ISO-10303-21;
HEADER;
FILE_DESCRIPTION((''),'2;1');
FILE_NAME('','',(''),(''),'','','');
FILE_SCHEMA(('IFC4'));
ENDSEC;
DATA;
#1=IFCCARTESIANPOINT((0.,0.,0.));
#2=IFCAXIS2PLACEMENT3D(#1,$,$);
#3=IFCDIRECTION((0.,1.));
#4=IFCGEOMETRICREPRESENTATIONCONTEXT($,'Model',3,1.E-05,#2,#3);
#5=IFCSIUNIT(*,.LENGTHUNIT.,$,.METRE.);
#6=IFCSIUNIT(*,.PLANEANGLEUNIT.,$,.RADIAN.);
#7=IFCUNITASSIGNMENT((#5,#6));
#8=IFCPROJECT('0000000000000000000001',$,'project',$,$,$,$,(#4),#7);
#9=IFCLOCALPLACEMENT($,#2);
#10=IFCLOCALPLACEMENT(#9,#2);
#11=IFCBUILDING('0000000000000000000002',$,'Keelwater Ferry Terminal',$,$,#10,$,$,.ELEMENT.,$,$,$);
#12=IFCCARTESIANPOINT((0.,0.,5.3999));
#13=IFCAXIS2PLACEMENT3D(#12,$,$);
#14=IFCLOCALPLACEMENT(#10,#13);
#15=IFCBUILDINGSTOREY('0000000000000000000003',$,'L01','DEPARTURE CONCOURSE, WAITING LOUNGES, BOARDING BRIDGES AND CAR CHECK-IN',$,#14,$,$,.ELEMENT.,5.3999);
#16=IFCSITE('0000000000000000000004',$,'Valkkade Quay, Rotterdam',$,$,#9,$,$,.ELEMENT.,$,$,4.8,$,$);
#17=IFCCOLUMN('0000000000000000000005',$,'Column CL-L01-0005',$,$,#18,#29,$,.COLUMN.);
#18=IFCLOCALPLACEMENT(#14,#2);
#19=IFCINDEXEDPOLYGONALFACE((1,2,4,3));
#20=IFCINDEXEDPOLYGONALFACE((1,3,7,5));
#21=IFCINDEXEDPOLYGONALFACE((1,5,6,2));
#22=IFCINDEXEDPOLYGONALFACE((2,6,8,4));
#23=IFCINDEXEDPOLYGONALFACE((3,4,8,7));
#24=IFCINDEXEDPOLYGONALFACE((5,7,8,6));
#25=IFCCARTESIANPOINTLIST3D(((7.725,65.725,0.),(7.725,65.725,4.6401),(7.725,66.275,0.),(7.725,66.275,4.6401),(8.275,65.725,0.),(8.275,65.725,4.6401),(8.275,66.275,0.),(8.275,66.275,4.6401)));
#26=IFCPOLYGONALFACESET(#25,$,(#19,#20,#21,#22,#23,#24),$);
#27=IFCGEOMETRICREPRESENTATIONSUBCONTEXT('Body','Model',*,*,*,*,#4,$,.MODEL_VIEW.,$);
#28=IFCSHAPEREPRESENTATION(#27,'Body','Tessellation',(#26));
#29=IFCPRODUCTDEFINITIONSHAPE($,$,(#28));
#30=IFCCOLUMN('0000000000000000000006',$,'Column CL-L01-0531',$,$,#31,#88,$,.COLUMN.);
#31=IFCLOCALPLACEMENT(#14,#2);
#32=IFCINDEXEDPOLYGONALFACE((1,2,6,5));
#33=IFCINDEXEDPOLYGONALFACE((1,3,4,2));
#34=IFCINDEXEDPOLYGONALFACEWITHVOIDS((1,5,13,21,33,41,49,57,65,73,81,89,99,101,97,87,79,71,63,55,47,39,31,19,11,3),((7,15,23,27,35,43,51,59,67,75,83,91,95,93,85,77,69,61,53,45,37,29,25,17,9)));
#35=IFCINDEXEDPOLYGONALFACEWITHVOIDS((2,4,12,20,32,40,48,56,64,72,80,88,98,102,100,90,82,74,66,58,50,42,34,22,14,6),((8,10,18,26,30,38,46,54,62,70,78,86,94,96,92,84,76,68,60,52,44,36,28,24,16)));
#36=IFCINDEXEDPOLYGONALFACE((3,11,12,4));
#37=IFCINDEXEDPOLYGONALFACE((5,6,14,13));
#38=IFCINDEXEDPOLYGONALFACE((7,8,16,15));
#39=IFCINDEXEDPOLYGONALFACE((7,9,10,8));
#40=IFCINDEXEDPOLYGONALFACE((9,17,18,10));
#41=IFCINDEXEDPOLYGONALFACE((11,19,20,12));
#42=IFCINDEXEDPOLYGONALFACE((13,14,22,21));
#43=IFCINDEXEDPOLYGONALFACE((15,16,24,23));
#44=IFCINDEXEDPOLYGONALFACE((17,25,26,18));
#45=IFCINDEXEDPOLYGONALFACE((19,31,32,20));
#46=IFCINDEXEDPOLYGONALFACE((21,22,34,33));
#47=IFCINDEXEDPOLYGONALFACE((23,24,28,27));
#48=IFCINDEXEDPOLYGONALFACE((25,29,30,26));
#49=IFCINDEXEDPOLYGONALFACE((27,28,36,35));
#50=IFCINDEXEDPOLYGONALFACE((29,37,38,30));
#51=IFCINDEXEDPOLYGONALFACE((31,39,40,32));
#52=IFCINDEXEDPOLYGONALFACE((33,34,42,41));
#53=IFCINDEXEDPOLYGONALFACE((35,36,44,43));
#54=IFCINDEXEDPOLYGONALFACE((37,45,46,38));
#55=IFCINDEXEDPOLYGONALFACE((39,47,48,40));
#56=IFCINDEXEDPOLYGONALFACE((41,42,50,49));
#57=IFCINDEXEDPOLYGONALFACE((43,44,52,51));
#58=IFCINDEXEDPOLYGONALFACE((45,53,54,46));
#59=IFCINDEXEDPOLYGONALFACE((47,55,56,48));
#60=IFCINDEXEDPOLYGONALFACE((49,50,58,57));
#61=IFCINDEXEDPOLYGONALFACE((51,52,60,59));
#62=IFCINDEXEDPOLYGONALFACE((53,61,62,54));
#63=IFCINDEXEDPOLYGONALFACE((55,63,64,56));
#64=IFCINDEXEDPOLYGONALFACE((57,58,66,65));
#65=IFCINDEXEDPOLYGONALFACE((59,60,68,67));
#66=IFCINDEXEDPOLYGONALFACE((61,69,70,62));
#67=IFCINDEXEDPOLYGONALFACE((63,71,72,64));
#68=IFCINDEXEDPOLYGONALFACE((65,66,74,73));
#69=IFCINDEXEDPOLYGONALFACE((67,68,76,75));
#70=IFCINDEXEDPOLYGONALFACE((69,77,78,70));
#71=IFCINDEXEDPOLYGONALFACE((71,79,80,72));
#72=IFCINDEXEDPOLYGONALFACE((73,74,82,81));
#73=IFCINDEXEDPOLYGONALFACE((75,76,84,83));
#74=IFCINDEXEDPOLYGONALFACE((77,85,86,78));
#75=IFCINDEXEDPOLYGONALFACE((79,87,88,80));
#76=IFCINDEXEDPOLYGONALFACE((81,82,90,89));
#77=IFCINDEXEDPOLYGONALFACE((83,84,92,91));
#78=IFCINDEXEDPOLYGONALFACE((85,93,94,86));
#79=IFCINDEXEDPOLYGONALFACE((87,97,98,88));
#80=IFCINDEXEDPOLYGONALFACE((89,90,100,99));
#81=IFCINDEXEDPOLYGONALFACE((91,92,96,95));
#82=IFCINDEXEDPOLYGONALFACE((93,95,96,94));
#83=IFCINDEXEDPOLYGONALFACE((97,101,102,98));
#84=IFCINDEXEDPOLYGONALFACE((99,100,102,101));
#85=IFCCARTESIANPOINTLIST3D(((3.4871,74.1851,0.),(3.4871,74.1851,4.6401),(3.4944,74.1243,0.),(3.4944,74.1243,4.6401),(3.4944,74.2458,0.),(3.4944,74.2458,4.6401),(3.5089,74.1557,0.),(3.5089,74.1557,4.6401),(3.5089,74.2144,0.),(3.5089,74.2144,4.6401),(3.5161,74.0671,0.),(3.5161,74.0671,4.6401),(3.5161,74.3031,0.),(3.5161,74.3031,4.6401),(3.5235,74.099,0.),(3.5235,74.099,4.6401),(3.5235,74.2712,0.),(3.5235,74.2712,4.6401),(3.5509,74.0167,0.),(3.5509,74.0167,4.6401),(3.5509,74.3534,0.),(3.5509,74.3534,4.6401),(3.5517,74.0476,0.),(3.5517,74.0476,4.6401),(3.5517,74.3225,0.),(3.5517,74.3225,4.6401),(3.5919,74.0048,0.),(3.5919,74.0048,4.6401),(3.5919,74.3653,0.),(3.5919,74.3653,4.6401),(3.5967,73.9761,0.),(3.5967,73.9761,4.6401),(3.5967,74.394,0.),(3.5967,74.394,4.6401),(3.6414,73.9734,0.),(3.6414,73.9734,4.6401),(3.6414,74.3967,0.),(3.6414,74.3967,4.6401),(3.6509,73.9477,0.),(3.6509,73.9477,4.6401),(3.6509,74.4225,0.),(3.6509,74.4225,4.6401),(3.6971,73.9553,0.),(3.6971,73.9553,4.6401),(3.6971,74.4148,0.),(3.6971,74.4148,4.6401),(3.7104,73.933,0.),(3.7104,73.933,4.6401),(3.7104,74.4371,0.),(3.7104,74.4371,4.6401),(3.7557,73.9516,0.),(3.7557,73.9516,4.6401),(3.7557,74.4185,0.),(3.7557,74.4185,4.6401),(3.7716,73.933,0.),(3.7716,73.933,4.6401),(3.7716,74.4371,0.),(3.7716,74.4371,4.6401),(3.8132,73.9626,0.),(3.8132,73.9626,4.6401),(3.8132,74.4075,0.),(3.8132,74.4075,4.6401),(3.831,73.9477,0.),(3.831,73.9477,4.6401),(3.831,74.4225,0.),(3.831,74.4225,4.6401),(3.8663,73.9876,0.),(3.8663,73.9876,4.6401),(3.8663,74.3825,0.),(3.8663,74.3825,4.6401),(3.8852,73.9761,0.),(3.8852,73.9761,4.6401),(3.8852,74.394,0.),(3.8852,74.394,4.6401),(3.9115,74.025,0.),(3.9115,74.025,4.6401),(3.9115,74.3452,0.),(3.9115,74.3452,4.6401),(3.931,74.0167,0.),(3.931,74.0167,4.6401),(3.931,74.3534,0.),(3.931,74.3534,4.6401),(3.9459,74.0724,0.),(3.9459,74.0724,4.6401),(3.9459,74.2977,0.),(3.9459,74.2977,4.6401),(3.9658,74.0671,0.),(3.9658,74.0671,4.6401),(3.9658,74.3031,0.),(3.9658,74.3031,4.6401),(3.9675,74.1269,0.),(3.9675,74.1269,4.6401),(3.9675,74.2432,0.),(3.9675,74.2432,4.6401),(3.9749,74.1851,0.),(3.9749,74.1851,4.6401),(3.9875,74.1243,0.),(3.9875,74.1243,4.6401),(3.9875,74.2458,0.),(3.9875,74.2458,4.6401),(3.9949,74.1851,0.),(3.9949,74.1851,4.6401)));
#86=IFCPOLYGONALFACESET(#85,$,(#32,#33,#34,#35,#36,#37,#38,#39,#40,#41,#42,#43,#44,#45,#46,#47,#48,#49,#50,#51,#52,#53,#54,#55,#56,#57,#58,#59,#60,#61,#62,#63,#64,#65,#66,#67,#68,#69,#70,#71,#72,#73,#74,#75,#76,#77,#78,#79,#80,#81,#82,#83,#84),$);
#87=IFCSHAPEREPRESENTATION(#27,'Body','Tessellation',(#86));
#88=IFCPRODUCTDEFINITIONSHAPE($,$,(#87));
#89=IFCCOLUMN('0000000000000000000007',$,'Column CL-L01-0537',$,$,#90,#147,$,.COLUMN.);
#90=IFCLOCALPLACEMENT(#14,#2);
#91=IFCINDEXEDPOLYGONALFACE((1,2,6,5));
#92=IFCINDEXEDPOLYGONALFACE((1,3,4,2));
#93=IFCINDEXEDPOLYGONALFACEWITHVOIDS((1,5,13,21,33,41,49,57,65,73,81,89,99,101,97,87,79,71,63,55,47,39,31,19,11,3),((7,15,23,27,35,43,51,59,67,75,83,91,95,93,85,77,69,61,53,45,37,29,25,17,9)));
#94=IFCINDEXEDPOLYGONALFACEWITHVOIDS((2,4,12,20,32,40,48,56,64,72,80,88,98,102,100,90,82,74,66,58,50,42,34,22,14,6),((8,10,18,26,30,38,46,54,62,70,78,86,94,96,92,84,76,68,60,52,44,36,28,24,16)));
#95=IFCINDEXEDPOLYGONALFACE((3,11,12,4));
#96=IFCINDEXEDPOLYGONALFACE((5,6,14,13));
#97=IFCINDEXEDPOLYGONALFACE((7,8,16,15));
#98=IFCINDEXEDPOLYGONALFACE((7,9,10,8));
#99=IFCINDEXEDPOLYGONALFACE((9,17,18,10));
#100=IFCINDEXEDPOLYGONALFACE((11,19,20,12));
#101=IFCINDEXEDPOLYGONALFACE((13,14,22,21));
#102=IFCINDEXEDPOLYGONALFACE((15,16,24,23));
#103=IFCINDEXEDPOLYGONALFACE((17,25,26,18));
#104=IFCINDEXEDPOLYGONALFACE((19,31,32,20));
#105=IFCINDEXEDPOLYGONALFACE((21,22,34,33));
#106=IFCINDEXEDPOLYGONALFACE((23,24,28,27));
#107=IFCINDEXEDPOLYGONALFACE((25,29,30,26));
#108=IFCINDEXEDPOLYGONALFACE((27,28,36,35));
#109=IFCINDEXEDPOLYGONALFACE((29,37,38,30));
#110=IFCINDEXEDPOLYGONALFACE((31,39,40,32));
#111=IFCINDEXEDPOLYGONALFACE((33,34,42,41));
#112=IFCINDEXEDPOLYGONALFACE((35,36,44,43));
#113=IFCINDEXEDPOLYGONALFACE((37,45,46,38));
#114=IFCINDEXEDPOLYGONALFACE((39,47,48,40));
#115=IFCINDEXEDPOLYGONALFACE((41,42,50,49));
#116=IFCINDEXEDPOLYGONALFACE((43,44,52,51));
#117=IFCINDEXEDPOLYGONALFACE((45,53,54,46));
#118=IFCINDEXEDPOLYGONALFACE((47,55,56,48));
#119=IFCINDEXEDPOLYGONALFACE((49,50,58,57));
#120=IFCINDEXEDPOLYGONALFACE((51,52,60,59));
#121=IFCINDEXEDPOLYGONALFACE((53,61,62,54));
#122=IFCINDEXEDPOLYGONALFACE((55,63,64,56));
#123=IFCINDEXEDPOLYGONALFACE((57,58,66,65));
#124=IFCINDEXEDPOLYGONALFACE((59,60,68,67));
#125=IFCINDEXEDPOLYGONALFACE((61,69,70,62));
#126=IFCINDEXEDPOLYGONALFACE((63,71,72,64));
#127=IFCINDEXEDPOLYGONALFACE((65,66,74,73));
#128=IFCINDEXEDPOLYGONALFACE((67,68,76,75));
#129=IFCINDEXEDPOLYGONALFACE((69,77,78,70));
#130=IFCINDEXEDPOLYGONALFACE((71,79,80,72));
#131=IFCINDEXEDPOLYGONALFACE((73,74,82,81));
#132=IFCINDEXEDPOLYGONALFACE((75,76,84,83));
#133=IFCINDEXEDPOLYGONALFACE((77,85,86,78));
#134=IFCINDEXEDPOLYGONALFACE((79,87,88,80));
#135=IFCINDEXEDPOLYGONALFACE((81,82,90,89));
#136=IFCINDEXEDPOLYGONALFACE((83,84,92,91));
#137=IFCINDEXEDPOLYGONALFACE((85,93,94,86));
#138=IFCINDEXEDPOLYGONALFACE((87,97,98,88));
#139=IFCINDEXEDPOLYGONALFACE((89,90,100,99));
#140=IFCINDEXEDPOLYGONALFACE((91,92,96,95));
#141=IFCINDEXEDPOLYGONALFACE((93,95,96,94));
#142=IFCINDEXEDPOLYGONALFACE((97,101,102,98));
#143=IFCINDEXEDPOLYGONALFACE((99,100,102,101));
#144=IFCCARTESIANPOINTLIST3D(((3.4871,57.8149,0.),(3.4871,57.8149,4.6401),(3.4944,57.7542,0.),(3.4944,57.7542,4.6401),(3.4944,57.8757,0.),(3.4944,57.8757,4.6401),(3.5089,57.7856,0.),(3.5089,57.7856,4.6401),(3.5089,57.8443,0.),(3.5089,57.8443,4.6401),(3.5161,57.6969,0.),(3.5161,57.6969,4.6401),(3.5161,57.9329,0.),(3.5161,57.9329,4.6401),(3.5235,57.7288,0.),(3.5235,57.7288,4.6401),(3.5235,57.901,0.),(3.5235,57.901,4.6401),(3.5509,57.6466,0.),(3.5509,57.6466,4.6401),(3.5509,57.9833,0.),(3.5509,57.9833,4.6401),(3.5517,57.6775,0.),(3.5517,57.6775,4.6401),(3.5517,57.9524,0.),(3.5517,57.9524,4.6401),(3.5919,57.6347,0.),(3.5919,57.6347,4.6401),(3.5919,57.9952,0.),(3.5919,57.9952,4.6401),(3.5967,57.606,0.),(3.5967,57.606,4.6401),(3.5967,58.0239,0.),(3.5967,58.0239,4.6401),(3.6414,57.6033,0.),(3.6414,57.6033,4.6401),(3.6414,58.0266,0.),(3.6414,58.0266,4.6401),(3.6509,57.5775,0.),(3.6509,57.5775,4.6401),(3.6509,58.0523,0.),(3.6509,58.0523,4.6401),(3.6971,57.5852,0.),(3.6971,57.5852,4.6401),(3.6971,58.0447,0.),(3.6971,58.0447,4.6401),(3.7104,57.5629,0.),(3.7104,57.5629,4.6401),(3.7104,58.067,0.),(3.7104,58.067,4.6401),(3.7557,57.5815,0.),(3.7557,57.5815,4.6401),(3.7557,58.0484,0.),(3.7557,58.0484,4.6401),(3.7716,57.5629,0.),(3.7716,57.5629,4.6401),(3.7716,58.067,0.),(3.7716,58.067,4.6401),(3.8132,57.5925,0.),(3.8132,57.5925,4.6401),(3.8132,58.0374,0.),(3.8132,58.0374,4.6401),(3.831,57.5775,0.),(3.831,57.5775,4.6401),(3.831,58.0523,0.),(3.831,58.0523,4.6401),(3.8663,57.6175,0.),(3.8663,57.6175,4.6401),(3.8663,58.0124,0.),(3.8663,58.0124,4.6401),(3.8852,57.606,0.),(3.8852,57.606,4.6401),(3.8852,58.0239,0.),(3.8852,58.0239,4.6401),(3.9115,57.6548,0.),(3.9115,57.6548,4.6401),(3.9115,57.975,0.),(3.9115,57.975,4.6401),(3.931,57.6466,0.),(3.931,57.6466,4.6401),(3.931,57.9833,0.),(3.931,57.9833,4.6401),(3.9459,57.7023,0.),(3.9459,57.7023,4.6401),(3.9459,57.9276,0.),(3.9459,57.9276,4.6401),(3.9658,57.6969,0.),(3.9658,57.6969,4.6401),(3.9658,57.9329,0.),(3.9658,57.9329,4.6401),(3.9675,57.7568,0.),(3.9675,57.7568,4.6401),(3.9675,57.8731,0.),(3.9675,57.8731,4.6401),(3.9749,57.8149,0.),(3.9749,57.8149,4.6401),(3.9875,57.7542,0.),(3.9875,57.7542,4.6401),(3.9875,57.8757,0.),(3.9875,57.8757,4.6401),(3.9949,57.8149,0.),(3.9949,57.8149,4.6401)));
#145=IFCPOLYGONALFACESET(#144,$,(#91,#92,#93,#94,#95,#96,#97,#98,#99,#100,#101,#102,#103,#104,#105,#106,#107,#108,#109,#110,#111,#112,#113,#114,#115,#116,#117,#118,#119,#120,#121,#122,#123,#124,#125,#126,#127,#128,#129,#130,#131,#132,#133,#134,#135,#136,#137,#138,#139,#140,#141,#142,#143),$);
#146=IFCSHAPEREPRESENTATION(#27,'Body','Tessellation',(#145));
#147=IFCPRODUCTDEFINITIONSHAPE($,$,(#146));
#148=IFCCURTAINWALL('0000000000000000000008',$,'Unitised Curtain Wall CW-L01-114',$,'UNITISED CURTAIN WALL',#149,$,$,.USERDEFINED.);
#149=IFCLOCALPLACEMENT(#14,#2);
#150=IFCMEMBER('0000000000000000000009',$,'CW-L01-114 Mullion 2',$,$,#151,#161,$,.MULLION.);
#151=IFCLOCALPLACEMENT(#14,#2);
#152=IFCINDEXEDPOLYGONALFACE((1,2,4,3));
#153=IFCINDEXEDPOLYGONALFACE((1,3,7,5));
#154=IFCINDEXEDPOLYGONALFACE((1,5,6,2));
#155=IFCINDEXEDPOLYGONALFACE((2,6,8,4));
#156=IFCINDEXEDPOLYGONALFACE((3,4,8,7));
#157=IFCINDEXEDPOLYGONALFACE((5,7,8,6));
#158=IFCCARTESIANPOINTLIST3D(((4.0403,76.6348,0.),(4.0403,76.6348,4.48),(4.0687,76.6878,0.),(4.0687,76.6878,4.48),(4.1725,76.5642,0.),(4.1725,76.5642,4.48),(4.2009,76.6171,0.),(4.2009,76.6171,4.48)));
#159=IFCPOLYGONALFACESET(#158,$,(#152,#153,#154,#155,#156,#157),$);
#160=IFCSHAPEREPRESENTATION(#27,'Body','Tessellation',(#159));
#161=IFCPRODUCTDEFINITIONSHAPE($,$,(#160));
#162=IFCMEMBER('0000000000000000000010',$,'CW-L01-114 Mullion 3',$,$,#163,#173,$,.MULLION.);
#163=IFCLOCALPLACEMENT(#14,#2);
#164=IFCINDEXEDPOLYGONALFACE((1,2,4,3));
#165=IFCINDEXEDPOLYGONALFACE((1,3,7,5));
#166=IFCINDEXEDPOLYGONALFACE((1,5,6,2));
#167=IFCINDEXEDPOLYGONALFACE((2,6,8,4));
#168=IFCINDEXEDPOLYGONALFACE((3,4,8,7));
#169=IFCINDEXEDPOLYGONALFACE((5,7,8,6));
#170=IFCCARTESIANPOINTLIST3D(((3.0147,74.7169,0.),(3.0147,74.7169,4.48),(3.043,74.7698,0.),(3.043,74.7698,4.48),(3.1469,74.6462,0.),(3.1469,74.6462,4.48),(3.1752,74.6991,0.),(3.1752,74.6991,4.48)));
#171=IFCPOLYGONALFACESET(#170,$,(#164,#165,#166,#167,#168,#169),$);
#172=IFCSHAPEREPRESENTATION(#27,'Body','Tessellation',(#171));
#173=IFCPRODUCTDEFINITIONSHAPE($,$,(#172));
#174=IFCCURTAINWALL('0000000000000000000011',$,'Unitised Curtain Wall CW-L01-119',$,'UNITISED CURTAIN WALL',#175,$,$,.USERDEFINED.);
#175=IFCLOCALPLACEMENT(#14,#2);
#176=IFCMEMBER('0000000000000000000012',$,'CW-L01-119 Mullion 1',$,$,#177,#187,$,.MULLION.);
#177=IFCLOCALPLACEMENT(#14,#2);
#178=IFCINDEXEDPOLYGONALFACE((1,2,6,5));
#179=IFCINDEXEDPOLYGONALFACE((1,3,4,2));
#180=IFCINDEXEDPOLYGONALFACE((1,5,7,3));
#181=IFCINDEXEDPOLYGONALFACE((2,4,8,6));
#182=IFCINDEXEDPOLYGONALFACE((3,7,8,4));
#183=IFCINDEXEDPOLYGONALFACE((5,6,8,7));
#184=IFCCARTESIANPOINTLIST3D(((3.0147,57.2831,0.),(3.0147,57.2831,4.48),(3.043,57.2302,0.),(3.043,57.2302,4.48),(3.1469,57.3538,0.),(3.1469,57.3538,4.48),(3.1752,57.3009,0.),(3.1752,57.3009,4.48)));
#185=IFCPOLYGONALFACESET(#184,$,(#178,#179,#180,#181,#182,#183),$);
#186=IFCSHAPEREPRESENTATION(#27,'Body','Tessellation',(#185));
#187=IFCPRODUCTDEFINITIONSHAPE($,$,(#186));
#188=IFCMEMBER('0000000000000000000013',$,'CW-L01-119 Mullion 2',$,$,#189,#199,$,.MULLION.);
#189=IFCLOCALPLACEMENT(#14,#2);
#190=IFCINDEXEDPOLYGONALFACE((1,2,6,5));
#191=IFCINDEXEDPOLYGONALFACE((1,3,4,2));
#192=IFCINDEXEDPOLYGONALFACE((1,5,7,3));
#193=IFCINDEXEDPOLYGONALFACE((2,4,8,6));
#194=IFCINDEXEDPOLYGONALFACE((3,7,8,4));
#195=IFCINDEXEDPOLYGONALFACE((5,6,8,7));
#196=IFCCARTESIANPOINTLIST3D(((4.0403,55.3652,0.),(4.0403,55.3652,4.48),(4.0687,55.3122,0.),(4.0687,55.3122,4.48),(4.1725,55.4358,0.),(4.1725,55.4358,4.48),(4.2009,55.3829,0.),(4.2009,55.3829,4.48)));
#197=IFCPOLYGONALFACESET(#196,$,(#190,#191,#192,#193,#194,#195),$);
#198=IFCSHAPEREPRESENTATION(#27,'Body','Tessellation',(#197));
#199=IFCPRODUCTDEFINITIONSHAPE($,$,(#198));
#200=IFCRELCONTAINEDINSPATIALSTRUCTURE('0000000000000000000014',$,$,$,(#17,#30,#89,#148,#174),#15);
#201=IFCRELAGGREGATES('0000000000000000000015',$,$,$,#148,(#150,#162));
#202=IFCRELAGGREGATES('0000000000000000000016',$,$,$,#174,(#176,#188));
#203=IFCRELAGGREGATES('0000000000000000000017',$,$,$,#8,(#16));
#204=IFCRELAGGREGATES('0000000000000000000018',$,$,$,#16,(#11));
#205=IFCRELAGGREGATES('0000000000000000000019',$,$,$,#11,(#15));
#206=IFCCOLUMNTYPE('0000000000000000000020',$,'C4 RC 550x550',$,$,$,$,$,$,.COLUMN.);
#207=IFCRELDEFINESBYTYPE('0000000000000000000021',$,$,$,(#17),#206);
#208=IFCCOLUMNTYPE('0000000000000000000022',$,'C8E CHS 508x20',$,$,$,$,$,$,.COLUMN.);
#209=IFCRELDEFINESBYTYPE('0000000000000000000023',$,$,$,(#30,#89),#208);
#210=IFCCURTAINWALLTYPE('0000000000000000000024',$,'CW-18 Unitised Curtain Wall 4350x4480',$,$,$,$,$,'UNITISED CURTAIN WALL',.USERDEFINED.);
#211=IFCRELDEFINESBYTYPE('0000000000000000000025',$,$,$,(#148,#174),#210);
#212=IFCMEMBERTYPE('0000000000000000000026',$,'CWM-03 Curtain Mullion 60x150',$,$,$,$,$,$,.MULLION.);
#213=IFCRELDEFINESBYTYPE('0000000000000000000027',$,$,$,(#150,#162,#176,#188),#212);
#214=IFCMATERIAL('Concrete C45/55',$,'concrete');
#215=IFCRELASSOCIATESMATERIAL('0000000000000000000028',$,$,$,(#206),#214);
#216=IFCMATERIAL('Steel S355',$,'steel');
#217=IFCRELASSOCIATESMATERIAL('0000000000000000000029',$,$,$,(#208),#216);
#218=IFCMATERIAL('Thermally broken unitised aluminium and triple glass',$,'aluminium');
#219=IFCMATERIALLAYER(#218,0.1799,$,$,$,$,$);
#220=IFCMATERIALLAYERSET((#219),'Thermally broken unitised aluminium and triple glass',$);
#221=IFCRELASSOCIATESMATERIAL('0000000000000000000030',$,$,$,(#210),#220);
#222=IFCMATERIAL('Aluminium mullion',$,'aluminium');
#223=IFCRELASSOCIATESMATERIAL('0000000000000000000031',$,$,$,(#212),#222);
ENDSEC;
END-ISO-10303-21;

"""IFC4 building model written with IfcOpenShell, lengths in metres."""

from ifc_helpers import new_model, si_unit, direction, frame, origin, origin_2d, place, context, subcontext, project, spatial, rectangle, hollow_circle, extrude, material, layer, layer_set, material_profile, profile_set, type_object, element, aggregate, save


model = new_model("IFC4")

# Units and contexts
model_context = context("Model", 3, precision=1e-05, world=origin(), true_north=direction((0.0, 1.0)))
body_context = subcontext(model_context, "Body", "Model", "MODEL_VIEW")
ifc_project = project(units=[si_unit("LENGTHUNIT", "METRE"), si_unit("PLANEANGLEUNIT", "RADIAN")], contexts=[model_context])

# Site, building, storey
site_placement = place(None, origin())
site = spatial("IfcSite", under=ifc_project, at=site_placement, Name="Valkkade Quay, Rotterdam", CompositionType="ELEMENT", RefElevation=4.8)
building_placement = place(site_placement, origin())
building = spatial("IfcBuilding", under=site, at=building_placement, Name="Keelwater Ferry Terminal", CompositionType="ELEMENT")
storey_placement = place(building_placement, frame((0.0, 0.0, 5.3999)))
storey = spatial("IfcBuildingStorey", under=building, at=storey_placement, Name="L01", Description="DEPARTURE CONCOURSE, WAITING LOUNGES, BOARDING BRIDGES AND CAR CHECK-IN", CompositionType="ELEMENT", Elevation=5.3999)

# Columns
ifc_material_1 = material(Name="Concrete C45/55", Category="concrete")
ifc_material_profile_1 = material_profile(ifc_material_1, rectangle(XDim=0.55, YDim=0.55, at=origin_2d()), Name="RC 550x550")
ifc_profile_set_1 = profile_set([ifc_material_profile_1], Name="Concrete C45/55")
column_type_1 = type_object("IfcColumnType", Name="C4 RC 550x550", PredefinedType="COLUMN", material=ifc_profile_set_1)
column_placement = place(storey_placement, frame((8.0, 66.0, 0.0), z_axis=(0.0, 0.0, 1.0), x_axis=(1.0, 0.0, 0.0)))
element("IfcColumn", 1, at=column_placement, inside=storey, type_object=column_type_1, Name="Column CL-L01-0005", PredefinedType="COLUMN", context=body_context, shape_type="SweptSolid", body=[
    extrude(rectangle(XDim=0.55, YDim=0.55, at=origin_2d()), origin(), (0.0, 0.0, 1.0), 4.6401),
])
ifc_material_2 = material(Name="Steel S355", Category="steel")
ifc_material_profile_2 = material_profile(ifc_material_2, hollow_circle(Radius=0.2539, WallThickness=0.02, at=origin_2d()), Name="CHS 508x20")
ifc_profile_set_2 = profile_set([ifc_material_profile_2], Name="Steel S355")
column_type_2 = type_object("IfcColumnType", Name="C8E CHS 508x20", PredefinedType="COLUMN", material=ifc_profile_set_2)
for number, where, z_axis, x_axis, name in (
    (2, (3.741, 74.1851, 0.0), (0.0, 0.0, 1.0), (1.0, 0.0, 0.0), "Column CL-L01-0531"),
    (3, (3.741, 57.8149, 0.0), (0.0, 0.0, 1.0), (1.0, 0.0, 0.0), "Column CL-L01-0537"),
):
    element("IfcColumn", number, at=place(storey_placement, frame(where, z_axis=z_axis, x_axis=x_axis)), inside=storey, type_object=column_type_2, Name=name, PredefinedType="COLUMN", context=body_context, shape_type="SweptSolid", body=[
        extrude(hollow_circle(Radius=0.2539, WallThickness=0.02, at=origin_2d()), origin(), (0.0, 0.0, 1.0), 4.6401),
    ])

# Curtain walls, members
ifc_material_3 = material(Name="Thermally broken unitised aluminium and triple glass", Category="aluminium")
ifc_layer_1 = layer(ifc_material_3, 0.1799)
ifc_layer_set_1 = layer_set([ifc_layer_1], Name="Thermally broken unitised aluminium and triple glass")
curtain_wall_type = type_object("IfcCurtainWallType", Name="CW-18 Unitised Curtain Wall 4350x4480", ElementType="UNITISED CURTAIN WALL", PredefinedType="USERDEFINED", material=ifc_layer_set_1)
curtain_wall_1_placement = place(storey_placement, origin())
curtain_wall_1 = element("IfcCurtainWall", 4, at=curtain_wall_1_placement, inside=storey, type_object=curtain_wall_type, Name="Unitised Curtain Wall CW-L01-114", ObjectType="UNITISED CURTAIN WALL", PredefinedType="USERDEFINED")
ifc_material_4 = material(Name="Aluminium mullion", Category="aluminium")
ifc_material_profile_3 = material_profile(ifc_material_4, rectangle(XDim=0.0601, YDim=0.1499, at=origin_2d()), Name="CWM-03")
ifc_profile_set_3 = profile_set([ifc_material_profile_3], Name="Aluminium mullion")
member_type_1 = type_object("IfcMemberType", Name="CWM-03 Curtain Mullion 60x150", PredefinedType="MULLION", material=ifc_profile_set_3)
member_1_placement = place(storey_placement, frame((4.1206, 76.626, 0.0), z_axis=(0.0, 0.0, 1.0), x_axis=(-0.471507, -0.881862, 0.0)))
member_1 = element("IfcMember", 5, at=member_1_placement, type_object=member_type_1, Name="CW-L01-114 Mullion 2", PredefinedType="MULLION", context=body_context, shape_type="SweptSolid", body=[
    extrude(rectangle(XDim=0.0601, YDim=0.1499, at=origin_2d()), origin(), (0.0, 0.0, 1.0), 4.48),
])
member_2_placement = place(storey_placement, frame((3.095, 74.708, 0.0), z_axis=(0.0, 0.0, 1.0), x_axis=(-0.471507, -0.881862, 0.0)))
member_2 = element("IfcMember", 6, at=member_2_placement, type_object=member_type_1, Name="CW-L01-114 Mullion 3", PredefinedType="MULLION", context=body_context, shape_type="SweptSolid", body=[
    extrude(rectangle(XDim=0.0601, YDim=0.1499, at=origin_2d()), origin(), (0.0, 0.0, 1.0), 4.48),
])
curtain_wall_2_placement = place(storey_placement, origin())
curtain_wall_2 = element("IfcCurtainWall", 7, at=curtain_wall_2_placement, inside=storey, type_object=curtain_wall_type, Name="Unitised Curtain Wall CW-L01-119", ObjectType="UNITISED CURTAIN WALL", PredefinedType="USERDEFINED")
member_3_placement = place(storey_placement, frame((3.095, 57.292, 0.0), z_axis=(0.0, 0.0, 1.0), x_axis=(0.471507, -0.881862, 0.0)))
member_3 = element("IfcMember", 8, at=member_3_placement, type_object=member_type_1, Name="CW-L01-119 Mullion 1", PredefinedType="MULLION", context=body_context, shape_type="SweptSolid", body=[
    extrude(rectangle(XDim=0.0601, YDim=0.1499, at=origin_2d()), origin(), (0.0, 0.0, 1.0), 4.48),
])
member_4_placement = place(storey_placement, frame((4.1206, 55.374, 0.0), z_axis=(0.0, 0.0, 1.0), x_axis=(0.471507, -0.881862, 0.0)))
member_4 = element("IfcMember", 9, at=member_4_placement, type_object=member_type_1, Name="CW-L01-119 Mullion 2", PredefinedType="MULLION", context=body_context, shape_type="SweptSolid", body=[
    extrude(rectangle(XDim=0.0601, YDim=0.1499, at=origin_2d()), origin(), (0.0, 0.0, 1.0), 4.48),
])

aggregate(curtain_wall_1, [member_1, member_2])
aggregate(curtain_wall_2, [member_3, member_4])

save(model, "model.ifc")
